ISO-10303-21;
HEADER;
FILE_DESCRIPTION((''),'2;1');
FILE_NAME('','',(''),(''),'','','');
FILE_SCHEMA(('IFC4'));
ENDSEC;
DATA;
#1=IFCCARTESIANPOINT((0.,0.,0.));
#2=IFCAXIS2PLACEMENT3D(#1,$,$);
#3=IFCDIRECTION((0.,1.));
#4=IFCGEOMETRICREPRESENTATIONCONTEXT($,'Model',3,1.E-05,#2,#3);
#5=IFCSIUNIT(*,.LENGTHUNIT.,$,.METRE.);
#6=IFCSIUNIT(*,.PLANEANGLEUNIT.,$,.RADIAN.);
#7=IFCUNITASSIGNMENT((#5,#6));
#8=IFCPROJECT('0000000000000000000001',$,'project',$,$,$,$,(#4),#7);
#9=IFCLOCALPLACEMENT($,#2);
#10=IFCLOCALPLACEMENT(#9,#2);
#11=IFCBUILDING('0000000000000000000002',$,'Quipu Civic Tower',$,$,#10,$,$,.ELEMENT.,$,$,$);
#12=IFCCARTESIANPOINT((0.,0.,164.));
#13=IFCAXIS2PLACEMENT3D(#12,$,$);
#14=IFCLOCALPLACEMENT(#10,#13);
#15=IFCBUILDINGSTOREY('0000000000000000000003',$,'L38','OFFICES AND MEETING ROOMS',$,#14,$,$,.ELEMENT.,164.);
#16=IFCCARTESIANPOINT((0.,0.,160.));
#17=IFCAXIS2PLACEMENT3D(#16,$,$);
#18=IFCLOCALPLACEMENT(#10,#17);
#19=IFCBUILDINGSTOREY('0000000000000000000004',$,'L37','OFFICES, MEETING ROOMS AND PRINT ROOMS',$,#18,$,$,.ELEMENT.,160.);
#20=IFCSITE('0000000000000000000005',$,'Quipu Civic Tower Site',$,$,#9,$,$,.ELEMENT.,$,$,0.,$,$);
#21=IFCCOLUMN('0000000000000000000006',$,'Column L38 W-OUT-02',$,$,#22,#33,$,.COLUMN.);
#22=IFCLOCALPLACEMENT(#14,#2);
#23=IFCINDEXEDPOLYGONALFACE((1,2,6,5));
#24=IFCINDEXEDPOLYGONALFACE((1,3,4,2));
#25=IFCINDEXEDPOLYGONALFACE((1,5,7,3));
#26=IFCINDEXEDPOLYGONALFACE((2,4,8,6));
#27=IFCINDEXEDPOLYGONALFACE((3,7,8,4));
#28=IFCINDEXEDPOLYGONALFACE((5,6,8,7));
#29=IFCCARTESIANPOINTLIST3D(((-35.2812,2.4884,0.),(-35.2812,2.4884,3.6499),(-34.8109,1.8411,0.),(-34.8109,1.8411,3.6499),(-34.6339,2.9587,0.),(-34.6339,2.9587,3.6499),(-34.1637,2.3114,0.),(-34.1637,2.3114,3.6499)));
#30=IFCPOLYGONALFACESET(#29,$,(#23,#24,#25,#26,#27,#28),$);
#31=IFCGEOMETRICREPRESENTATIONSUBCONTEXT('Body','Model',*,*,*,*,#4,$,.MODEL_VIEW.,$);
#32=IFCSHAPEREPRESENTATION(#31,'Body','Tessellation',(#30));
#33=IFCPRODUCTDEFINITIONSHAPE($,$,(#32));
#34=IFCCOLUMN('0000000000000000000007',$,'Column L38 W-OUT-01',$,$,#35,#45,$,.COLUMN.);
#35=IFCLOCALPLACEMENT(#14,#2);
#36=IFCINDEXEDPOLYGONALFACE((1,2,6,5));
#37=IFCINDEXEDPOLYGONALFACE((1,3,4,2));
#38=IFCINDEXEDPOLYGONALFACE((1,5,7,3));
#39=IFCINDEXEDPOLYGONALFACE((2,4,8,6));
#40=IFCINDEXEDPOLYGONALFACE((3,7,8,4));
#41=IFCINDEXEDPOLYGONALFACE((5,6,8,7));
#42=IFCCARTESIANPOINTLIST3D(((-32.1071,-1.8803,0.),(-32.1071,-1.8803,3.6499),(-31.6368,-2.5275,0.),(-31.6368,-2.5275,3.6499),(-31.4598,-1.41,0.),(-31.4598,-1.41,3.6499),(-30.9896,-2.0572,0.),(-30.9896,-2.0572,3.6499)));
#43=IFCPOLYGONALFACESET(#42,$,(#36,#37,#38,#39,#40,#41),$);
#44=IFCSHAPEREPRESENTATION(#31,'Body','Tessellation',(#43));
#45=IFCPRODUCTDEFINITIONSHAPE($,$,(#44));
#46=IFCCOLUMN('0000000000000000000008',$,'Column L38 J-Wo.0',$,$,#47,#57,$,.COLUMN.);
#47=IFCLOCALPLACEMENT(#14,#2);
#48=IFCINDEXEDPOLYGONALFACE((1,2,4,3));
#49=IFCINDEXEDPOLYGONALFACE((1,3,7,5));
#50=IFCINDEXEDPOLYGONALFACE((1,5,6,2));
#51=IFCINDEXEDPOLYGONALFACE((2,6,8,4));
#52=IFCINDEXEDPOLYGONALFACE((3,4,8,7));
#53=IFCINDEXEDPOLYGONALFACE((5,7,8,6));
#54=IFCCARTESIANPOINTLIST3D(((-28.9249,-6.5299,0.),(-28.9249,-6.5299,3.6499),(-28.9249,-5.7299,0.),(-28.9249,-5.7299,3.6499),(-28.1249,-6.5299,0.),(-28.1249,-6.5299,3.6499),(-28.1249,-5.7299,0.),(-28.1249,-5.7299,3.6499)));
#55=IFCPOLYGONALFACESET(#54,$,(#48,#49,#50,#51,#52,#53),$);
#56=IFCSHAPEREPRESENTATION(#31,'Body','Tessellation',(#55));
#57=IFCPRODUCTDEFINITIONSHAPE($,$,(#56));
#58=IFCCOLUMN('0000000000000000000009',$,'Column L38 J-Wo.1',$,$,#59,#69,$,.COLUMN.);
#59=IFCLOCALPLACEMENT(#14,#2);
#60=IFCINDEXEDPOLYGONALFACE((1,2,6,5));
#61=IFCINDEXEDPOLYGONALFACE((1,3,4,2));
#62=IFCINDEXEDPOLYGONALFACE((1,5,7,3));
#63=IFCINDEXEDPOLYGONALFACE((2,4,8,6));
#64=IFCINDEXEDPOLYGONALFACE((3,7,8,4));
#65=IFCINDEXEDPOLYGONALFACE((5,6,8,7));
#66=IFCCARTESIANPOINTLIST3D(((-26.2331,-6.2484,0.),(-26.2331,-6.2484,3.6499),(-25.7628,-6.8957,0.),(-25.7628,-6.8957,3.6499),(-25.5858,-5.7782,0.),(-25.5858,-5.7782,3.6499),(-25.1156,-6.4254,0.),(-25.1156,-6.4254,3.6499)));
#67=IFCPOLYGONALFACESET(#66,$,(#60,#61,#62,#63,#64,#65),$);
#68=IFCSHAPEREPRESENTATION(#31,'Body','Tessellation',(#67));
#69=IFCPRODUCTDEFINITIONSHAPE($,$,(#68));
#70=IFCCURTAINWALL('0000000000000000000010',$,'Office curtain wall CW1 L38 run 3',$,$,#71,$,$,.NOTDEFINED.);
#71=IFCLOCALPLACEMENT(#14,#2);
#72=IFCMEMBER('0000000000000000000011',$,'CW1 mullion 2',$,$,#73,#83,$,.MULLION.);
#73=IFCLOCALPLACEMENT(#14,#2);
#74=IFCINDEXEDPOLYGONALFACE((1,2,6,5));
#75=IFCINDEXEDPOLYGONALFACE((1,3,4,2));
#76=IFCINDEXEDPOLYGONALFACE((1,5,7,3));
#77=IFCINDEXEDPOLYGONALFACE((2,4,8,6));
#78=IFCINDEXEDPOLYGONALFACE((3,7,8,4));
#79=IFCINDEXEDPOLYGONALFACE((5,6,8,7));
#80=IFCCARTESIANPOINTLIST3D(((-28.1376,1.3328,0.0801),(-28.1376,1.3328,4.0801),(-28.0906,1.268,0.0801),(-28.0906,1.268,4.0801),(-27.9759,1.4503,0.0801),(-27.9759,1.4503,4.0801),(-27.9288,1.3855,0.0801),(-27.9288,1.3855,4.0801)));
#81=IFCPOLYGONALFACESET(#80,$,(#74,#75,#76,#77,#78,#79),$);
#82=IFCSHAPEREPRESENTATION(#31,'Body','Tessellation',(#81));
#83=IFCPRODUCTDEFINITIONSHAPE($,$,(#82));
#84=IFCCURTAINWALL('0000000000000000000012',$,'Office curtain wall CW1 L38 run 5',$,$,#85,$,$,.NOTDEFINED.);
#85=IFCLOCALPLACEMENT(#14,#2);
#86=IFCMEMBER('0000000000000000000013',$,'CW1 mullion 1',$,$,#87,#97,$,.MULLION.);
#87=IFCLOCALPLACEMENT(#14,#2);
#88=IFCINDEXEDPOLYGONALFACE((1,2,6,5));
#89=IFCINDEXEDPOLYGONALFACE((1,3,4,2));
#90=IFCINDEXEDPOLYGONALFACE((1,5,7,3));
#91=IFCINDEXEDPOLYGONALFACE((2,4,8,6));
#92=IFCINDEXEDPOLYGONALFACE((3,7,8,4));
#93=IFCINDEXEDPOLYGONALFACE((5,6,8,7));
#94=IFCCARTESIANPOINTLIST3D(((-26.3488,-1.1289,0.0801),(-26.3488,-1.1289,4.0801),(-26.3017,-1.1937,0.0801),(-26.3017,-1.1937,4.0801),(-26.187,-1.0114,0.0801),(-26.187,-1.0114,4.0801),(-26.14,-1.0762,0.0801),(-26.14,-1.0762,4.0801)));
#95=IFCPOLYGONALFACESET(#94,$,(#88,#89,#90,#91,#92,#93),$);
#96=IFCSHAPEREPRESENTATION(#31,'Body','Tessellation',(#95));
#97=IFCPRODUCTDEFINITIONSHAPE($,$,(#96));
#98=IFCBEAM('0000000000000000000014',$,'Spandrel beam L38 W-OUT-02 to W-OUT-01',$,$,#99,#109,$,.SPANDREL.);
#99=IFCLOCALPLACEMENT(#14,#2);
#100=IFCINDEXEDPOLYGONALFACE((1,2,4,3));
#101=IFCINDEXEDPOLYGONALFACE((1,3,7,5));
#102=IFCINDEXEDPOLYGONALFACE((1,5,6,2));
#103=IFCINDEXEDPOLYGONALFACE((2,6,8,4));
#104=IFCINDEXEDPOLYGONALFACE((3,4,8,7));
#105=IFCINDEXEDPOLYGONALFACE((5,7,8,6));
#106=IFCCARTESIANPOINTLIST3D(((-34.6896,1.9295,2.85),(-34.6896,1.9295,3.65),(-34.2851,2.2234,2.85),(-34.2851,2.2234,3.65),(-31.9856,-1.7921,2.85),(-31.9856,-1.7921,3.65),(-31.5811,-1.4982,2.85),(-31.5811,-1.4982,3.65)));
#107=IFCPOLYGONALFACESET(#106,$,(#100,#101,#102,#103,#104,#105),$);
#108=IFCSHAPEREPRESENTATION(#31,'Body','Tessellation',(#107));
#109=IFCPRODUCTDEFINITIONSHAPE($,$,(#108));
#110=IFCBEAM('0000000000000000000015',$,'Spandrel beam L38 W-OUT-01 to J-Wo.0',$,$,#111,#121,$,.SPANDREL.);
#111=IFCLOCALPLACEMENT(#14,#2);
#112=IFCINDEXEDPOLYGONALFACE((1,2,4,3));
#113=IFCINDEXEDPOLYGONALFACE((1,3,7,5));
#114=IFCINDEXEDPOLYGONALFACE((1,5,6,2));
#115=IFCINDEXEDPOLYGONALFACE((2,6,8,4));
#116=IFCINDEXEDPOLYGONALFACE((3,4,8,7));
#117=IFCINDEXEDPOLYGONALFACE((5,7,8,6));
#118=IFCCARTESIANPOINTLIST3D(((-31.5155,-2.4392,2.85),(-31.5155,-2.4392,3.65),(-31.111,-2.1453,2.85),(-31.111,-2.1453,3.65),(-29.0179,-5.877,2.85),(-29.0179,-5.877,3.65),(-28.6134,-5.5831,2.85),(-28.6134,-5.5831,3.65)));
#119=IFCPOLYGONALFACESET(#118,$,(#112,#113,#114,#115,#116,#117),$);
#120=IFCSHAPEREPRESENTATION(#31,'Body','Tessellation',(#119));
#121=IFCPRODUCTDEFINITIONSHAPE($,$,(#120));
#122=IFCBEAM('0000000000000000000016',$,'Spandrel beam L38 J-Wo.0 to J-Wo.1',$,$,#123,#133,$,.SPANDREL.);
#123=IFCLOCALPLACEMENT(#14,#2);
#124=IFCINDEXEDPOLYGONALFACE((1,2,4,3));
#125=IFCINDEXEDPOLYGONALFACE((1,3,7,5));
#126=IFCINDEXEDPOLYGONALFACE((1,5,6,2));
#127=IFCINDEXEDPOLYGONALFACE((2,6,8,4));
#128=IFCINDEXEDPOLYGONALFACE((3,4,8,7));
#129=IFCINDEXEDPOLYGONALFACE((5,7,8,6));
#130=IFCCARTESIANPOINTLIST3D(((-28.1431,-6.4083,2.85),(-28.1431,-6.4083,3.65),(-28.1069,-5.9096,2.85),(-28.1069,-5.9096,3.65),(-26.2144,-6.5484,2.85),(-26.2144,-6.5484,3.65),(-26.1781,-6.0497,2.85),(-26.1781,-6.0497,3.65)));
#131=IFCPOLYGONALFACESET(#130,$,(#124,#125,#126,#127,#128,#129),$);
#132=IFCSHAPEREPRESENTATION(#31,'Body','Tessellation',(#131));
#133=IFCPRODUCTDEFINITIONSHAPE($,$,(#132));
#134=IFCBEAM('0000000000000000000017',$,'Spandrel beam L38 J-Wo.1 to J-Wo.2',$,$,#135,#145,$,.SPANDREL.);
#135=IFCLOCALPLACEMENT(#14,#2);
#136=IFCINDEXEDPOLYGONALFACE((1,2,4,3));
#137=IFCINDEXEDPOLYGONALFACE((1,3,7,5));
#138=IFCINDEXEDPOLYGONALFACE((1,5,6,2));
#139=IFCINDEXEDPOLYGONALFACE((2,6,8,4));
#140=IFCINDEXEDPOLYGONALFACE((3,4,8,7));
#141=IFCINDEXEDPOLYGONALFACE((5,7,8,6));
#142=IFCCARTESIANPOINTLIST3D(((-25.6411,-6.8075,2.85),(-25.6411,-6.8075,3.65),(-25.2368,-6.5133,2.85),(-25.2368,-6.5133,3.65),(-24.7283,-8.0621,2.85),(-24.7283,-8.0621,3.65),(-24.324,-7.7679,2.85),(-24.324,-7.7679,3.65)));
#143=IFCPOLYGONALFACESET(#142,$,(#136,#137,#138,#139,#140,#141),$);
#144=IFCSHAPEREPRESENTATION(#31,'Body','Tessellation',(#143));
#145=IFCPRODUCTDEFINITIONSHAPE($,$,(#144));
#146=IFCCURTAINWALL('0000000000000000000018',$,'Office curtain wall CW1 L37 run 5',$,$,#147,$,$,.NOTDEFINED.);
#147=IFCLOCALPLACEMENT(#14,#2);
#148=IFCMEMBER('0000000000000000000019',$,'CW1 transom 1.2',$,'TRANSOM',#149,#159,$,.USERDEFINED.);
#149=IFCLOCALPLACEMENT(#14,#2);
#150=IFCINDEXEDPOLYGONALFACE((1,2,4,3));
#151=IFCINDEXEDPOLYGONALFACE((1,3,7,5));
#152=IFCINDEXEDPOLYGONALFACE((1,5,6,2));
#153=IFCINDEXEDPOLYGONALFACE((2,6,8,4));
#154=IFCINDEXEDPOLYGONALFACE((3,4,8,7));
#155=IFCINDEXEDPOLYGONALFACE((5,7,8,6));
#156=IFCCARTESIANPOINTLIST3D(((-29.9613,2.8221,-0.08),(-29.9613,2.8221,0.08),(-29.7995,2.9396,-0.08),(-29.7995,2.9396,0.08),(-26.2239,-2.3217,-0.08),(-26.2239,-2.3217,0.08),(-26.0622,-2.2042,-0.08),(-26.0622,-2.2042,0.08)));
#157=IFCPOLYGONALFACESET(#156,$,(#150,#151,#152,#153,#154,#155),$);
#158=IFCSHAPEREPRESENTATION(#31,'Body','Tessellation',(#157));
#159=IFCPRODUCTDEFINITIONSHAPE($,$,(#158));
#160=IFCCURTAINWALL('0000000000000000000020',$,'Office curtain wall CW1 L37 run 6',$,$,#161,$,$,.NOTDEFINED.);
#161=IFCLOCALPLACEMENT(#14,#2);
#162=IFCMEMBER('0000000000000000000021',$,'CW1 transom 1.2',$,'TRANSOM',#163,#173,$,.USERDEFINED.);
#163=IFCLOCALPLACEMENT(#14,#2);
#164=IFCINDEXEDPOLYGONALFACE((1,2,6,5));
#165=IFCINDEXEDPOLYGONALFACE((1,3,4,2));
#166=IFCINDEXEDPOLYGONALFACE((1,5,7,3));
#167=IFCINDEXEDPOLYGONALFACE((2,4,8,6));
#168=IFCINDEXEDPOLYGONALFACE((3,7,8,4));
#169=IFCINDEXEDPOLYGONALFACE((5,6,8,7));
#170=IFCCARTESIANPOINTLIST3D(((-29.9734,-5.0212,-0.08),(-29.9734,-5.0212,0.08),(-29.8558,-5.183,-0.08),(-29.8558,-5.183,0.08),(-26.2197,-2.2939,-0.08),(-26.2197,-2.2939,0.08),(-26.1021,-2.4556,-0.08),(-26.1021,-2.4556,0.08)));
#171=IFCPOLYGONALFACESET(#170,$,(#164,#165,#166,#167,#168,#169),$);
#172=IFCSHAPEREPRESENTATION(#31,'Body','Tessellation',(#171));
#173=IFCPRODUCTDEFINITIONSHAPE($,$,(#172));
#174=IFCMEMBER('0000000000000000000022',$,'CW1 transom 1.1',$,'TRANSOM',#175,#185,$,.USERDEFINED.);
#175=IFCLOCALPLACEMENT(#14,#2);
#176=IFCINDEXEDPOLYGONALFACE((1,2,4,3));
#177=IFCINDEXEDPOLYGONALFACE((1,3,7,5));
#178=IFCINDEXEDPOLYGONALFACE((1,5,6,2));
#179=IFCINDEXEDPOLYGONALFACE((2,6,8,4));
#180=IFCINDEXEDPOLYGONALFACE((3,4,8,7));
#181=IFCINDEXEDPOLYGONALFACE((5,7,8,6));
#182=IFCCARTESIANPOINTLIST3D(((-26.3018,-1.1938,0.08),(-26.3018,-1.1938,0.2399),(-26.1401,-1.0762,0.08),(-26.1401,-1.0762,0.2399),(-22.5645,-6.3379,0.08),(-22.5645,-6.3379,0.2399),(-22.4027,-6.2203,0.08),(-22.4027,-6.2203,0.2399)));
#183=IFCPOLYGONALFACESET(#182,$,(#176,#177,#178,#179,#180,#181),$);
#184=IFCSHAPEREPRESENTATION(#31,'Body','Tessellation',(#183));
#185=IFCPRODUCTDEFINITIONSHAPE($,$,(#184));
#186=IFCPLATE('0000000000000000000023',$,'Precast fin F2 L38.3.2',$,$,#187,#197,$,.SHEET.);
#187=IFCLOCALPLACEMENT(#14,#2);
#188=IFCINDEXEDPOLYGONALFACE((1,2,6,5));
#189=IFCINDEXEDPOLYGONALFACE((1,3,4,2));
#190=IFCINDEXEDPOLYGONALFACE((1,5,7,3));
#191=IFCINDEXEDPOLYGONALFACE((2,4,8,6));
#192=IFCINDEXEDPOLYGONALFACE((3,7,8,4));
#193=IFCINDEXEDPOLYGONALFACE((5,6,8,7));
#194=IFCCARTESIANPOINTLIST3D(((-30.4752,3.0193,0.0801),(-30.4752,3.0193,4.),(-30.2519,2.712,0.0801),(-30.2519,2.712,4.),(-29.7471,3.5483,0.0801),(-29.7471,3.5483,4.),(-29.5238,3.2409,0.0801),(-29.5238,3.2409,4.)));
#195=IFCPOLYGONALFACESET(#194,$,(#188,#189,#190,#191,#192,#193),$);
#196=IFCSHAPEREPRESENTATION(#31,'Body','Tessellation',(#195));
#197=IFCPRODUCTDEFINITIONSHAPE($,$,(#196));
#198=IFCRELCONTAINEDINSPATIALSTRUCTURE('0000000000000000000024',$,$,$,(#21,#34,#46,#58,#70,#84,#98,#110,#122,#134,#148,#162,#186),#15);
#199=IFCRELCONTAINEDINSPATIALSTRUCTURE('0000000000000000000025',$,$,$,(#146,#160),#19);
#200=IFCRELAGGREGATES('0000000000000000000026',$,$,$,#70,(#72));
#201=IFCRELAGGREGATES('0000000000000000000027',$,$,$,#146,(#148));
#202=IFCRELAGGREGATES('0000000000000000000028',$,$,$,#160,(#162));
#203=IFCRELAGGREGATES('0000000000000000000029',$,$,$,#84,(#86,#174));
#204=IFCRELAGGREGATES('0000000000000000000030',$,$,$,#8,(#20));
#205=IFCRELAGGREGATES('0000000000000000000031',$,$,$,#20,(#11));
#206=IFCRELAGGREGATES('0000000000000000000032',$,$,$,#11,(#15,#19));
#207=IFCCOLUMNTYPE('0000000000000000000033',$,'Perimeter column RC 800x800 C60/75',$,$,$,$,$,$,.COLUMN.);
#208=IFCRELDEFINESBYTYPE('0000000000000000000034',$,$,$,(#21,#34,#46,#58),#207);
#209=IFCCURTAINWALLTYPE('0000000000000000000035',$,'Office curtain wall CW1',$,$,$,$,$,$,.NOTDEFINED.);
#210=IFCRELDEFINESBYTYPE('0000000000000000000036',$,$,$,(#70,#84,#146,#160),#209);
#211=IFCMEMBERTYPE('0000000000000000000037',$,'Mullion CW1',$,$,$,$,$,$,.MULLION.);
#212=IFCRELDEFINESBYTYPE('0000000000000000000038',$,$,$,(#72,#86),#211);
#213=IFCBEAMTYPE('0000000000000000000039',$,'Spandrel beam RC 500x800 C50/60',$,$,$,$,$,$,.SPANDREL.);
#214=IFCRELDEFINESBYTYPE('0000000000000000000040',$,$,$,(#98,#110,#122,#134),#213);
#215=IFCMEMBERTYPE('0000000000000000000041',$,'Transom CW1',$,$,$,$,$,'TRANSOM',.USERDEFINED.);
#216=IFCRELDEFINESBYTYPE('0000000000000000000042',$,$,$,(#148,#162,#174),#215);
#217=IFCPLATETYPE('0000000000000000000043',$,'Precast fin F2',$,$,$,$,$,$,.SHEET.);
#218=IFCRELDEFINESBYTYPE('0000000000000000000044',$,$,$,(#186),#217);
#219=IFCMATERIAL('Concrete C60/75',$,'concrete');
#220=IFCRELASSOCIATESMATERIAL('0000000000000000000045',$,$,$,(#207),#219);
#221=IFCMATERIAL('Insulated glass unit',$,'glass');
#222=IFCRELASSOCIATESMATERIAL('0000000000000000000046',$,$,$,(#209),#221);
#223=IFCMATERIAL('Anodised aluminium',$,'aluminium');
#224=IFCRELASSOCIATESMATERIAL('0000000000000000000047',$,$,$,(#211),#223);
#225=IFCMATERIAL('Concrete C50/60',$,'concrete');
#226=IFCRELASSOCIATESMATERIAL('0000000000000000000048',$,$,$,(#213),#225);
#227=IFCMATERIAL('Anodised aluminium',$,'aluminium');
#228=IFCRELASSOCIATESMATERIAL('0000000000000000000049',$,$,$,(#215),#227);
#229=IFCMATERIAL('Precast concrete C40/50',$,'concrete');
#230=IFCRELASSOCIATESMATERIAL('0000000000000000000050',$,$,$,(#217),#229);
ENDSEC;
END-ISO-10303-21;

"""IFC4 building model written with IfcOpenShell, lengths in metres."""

from ifc_helpers import new_model, si_unit, direction, frame, origin, origin_2d, place, context, subcontext, project, spatial, rectangle, extrude, material, material_profile, profile_set, type_object, element, aggregate, save


model = new_model("IFC4")

# Units and contexts
model_context = context("Model", 3, precision=1e-05, world=origin(), true_north=direction((0.0, 1.0)))
body_context = subcontext(model_context, "Body", "Model", "MODEL_VIEW")
ifc_project = project(units=[si_unit("LENGTHUNIT", "METRE"), si_unit("PLANEANGLEUNIT", "RADIAN")], contexts=[model_context])

# Site, building, storey
site_placement = place(None, origin())
site = spatial("IfcSite", under=ifc_project, at=site_placement, Name="Quipu Civic Tower Site", CompositionType="ELEMENT", RefElevation=0.0)
building_placement = place(site_placement, origin())
building = spatial("IfcBuilding", under=site, at=building_placement, Name="Quipu Civic Tower", CompositionType="ELEMENT")
storey_1_placement = place(building_placement, frame((0.0, 0.0, 164.0)))
storey_1 = spatial("IfcBuildingStorey", under=building, at=storey_1_placement, Name="L38", Description="OFFICES AND MEETING ROOMS", CompositionType="ELEMENT", Elevation=164.0)

# Columns
ifc_material_1 = material(Name="Concrete C60/75", Category="concrete")
ifc_material_profile_1 = material_profile(ifc_material_1, rectangle(XDim=0.8, YDim=0.8, at=origin_2d()), Name="RC800x800")
ifc_profile_set_1 = profile_set([ifc_material_profile_1], Name="Concrete C60/75")
column_type = type_object("IfcColumnType", Name="Perimeter column RC 800x800 C60/75", PredefinedType="COLUMN", material=ifc_profile_set_1)
for number, where, z_axis, x_axis, name in (
    (1, (-34.7224, 2.3999, 0.0), (0.0, 0.0, 1.0), (0.587785, -0.809017, 0.0), "Column L38 W-OUT-02"),
    (2, (-31.5483, -1.9688, 0.0), (0.0, 0.0, 1.0), (0.587785, -0.809017, 0.0), "Column L38 W-OUT-01"),
    (3, (-28.5249, -6.1299, 0.0), (0.0, 0.0, 1.0), (1.0, 0.0, 0.0), "Column L38 J-Wo.0"),
    (4, (-25.6743, -6.3369, 0.0), (0.0, 0.0, 1.0), (0.587785, -0.809017, 0.0), "Column L38 J-Wo.1"),
):
    element("IfcColumn", number, at=place(storey_1_placement, frame(where, z_axis=z_axis, x_axis=x_axis)), inside=storey_1, type_object=column_type, Name=name, PredefinedType="COLUMN", context=body_context, shape_type="SweptSolid", body=[
        extrude(rectangle(XDim=0.8, YDim=0.8, at=origin_2d()), origin(), (0.0, 0.0, 1.0), 3.6499),
    ])

# Curtain walls, members
ifc_material_2 = material(Name="Insulated glass unit", Category="glass")
curtain_wall_type = type_object("IfcCurtainWallType", Name="Office curtain wall CW1", PredefinedType="NOTDEFINED", material=ifc_material_2)
curtain_wall_1_placement = place(storey_1_placement, origin())
curtain_wall_1 = element("IfcCurtainWall", 5, at=curtain_wall_1_placement, inside=storey_1, type_object=curtain_wall_type, Name="Office curtain wall CW1 L38 run 3", PredefinedType="NOTDEFINED")
ifc_material_3 = material(Name="Anodised aluminium", Category="aluminium")
ifc_material_profile_2 = material_profile(ifc_material_3, rectangle(XDim=0.2, YDim=0.0801, at=origin_2d()), Name="RECT 200x80")
ifc_profile_set_2 = profile_set([ifc_material_profile_2], Name="Anodised aluminium")
member_type_1 = type_object("IfcMemberType", Name="Mullion CW1", PredefinedType="MULLION", material=ifc_profile_set_2)
member_1_placement = place(storey_1_placement, frame((-28.0332, 1.3591, 0.0801), z_axis=(0.0, 0.0, 1.0), x_axis=(0.809022, 0.587778, 0.0)))
member_1 = element("IfcMember", 6, at=member_1_placement, type_object=member_type_1, Name="CW1 mullion 2", PredefinedType="MULLION", context=body_context, shape_type="SweptSolid", body=[
    extrude(rectangle(XDim=0.2, YDim=0.0801, at=origin_2d()), origin(), (0.0, 0.0, 1.0), 4.0),
])
aggregate(curtain_wall_1, [member_1])
curtain_wall_2_placement = place(storey_1_placement, origin())
curtain_wall_2 = element("IfcCurtainWall", 7, at=curtain_wall_2_placement, inside=storey_1, type_object=curtain_wall_type, Name="Office curtain wall CW1 L38 run 5", PredefinedType="NOTDEFINED")
member_2_placement = place(storey_1_placement, frame((-26.2444, -1.1025, 0.0801), z_axis=(0.0, 0.0, 1.0), x_axis=(0.809019, 0.587783, 0.0)))
member_2 = element("IfcMember", 8, at=member_2_placement, type_object=member_type_1, Name="CW1 mullion 1", PredefinedType="MULLION", context=body_context, shape_type="SweptSolid", body=[
    extrude(rectangle(XDim=0.2, YDim=0.0801, at=origin_2d()), origin(), (0.0, 0.0, 1.0), 4.0),
])

# Beams
ifc_material_4 = material(Name="Concrete C50/60", Category="concrete")
ifc_material_profile_3 = material_profile(ifc_material_4, rectangle(XDim=0.5, YDim=0.8, at=origin_2d()), Name="RC500x800")
ifc_profile_set_3 = profile_set([ifc_material_profile_3], Name="Concrete C50/60")
beam_type = type_object("IfcBeamType", Name="Spandrel beam RC 500x800 C50/60", PredefinedType="SPANDREL", material=ifc_profile_set_3)
beam_1_placement = place(storey_1_placement, frame((-34.4873, 2.0764, 3.25), z_axis=(0.587796, -0.809009, 0.0), x_axis=(0.809009, 0.587796, 0.0)))
element("IfcBeam", 9, at=beam_1_placement, inside=storey_1, type_object=beam_type, Name="Spandrel beam L38 W-OUT-02 to W-OUT-01", PredefinedType="SPANDREL", context=body_context, shape_type="SweptSolid", body=[
    extrude(rectangle(XDim=0.5, YDim=0.8, at=origin_2d()), origin(), (0.0, 0.0, 1.0), 4.6001),
])
beam_2_placement = place(storey_1_placement, frame((-31.3132, -2.2922, 3.25), z_axis=(0.587769, -0.809029, 0.0), x_axis=(0.809029, 0.587769, 0.0)))
element("IfcBeam", 10, at=beam_2_placement, inside=storey_1, type_object=beam_type, Name="Spandrel beam L38 W-OUT-01 to J-Wo.0", PredefinedType="SPANDREL", context=body_context, shape_type="SweptSolid", body=[
    extrude(rectangle(XDim=0.5, YDim=0.8, at=origin_2d()), origin(), (0.0, 0.0, 1.0), 4.2493),
])
beam_3_placement = place(storey_1_placement, frame((-28.125, -6.1589, 3.25), z_axis=(0.997371, -0.072467, 0.0), x_axis=(0.072467, 0.997371, 0.0)))
element("IfcBeam", 11, at=beam_3_placement, inside=storey_1, type_object=beam_type, Name="Spandrel beam L38 J-Wo.0 to J-Wo.1", PredefinedType="SPANDREL", context=body_context, shape_type="SweptSolid", body=[
    extrude(rectangle(XDim=0.5, YDim=0.8, at=origin_2d()), origin(), (0.0, 0.0, 1.0), 1.9338),
])
beam_4_placement = place(storey_1_placement, frame((-25.439, -6.6604, 3.25), z_axis=(0.588331, -0.80862, 0.0), x_axis=(0.80862, 0.588331, 0.0)))
element("IfcBeam", 12, at=beam_4_placement, inside=storey_1, type_object=beam_type, Name="Spandrel beam L38 J-Wo.1 to J-Wo.2", PredefinedType="SPANDREL", context=body_context, shape_type="SweptSolid", body=[
    extrude(rectangle(XDim=0.5, YDim=0.8, at=origin_2d()), origin(), (0.0, 0.0, 1.0), 1.5515),
])

# Shared definitions
storey_2_placement = place(building_placement, frame((0.0, 0.0, 160.0)))
storey_2 = spatial("IfcBuildingStorey", under=building, at=storey_2_placement, Name="L37", Description="OFFICES, MEETING ROOMS AND PRINT ROOMS", CompositionType="ELEMENT", Elevation=160.0)

# Curtain walls, members
curtain_wall_3_placement = place(storey_2_placement, origin())
curtain_wall_3 = element("IfcCurtainWall", 13, at=curtain_wall_3_placement, inside=storey_2, type_object=curtain_wall_type, Name="Office curtain wall CW1 L37 run 5", PredefinedType="NOTDEFINED")
ifc_material_5 = material(Name="Anodised aluminium", Category="aluminium")
ifc_material_profile_4 = material_profile(ifc_material_5, rectangle(XDim=0.2, YDim=0.1599, at=origin_2d()), Name="RECT 200x160")
ifc_profile_set_4 = profile_set([ifc_material_profile_4], Name="Anodised aluminium")
member_type_2 = type_object("IfcMemberType", Name="Transom CW1", ElementType="TRANSOM", PredefinedType="USERDEFINED", material=ifc_profile_set_4)
member_3_placement = place(storey_1_placement, frame((-29.8804, 2.8809, 0.0), z_axis=(0.587797, -0.809008, 0.0), x_axis=(0.809008, 0.587797, 0.0)))
member_3 = element("IfcMember", 14, at=member_3_placement, inside=storey_1, type_object=member_type_2, Name="CW1 transom 1.2", ObjectType="TRANSOM", PredefinedType="USERDEFINED", context=body_context, shape_type="SweptSolid", body=[
    extrude(rectangle(XDim=0.2, YDim=0.1599, at=origin_2d()), origin(), (0.0, 0.0, 1.0), 6.3582),
])
aggregate(curtain_wall_3, [member_3])
curtain_wall_4_placement = place(storey_2_placement, origin())
curtain_wall_4 = element("IfcCurtainWall", 15, at=curtain_wall_4_placement, inside=storey_2, type_object=curtain_wall_type, Name="Office curtain wall CW1 L37 run 6", PredefinedType="NOTDEFINED")
member_4_placement = place(storey_1_placement, frame((-26.1609, -2.3748, 0.0), z_axis=(-0.809007, -0.587799, 0.0), x_axis=(0.587799, -0.809007, 0.0)))
member_4 = element("IfcMember", 16, at=member_4_placement, inside=storey_1, type_object=member_type_2, Name="CW1 transom 1.2", ObjectType="TRANSOM", PredefinedType="USERDEFINED", context=body_context, shape_type="SweptSolid", body=[
    extrude(rectangle(XDim=0.2, YDim=0.1599, at=origin_2d()), origin(), (0.0, 0.0, 1.0), 4.6399),
])
aggregate(curtain_wall_4, [member_4])

# Member
member_5_placement = place(storey_1_placement, frame((-26.2209, -1.135, 0.1599), z_axis=(0.587779, -0.809022, 0.0), x_axis=(0.809022, 0.587779, 0.0)))
member_5 = element("IfcMember", 17, at=member_5_placement, type_object=member_type_2, Name="CW1 transom 1.1", ObjectType="TRANSOM", PredefinedType="USERDEFINED", context=body_context, shape_type="SweptSolid", body=[
    extrude(rectangle(XDim=0.2, YDim=0.1599, at=origin_2d()), origin(), (0.0, 0.0, 1.0), 6.3584),
])
aggregate(curtain_wall_2, [member_2, member_5])

# Plate
ifc_material_6 = material(Name="Precast concrete C40/50", Category="concrete")
plate_type = type_object("IfcPlateType", Name="Precast fin F2", PredefinedType="SHEET", material=ifc_material_6)
for number, where, z_axis, x_axis, name in (
    (18, (-29.9995, 3.1301, 0.0801), (0.0, 0.0, 1.0), (0.587784, -0.809018, 0.0), "Precast fin F2 L38.3.2"),
):
    element("IfcPlate", number, at=place(storey_1_placement, frame(where, z_axis=z_axis, x_axis=x_axis)), inside=storey_1, type_object=plate_type, Name=name, PredefinedType="SHEET", context=body_context, shape_type="SweptSolid", body=[
        extrude(rectangle(XDim=0.3799, YDim=0.8999, at=origin_2d()), origin(), (0.0, 0.0, 1.0), 3.9199),
    ])

save(model, "model.ifc")
